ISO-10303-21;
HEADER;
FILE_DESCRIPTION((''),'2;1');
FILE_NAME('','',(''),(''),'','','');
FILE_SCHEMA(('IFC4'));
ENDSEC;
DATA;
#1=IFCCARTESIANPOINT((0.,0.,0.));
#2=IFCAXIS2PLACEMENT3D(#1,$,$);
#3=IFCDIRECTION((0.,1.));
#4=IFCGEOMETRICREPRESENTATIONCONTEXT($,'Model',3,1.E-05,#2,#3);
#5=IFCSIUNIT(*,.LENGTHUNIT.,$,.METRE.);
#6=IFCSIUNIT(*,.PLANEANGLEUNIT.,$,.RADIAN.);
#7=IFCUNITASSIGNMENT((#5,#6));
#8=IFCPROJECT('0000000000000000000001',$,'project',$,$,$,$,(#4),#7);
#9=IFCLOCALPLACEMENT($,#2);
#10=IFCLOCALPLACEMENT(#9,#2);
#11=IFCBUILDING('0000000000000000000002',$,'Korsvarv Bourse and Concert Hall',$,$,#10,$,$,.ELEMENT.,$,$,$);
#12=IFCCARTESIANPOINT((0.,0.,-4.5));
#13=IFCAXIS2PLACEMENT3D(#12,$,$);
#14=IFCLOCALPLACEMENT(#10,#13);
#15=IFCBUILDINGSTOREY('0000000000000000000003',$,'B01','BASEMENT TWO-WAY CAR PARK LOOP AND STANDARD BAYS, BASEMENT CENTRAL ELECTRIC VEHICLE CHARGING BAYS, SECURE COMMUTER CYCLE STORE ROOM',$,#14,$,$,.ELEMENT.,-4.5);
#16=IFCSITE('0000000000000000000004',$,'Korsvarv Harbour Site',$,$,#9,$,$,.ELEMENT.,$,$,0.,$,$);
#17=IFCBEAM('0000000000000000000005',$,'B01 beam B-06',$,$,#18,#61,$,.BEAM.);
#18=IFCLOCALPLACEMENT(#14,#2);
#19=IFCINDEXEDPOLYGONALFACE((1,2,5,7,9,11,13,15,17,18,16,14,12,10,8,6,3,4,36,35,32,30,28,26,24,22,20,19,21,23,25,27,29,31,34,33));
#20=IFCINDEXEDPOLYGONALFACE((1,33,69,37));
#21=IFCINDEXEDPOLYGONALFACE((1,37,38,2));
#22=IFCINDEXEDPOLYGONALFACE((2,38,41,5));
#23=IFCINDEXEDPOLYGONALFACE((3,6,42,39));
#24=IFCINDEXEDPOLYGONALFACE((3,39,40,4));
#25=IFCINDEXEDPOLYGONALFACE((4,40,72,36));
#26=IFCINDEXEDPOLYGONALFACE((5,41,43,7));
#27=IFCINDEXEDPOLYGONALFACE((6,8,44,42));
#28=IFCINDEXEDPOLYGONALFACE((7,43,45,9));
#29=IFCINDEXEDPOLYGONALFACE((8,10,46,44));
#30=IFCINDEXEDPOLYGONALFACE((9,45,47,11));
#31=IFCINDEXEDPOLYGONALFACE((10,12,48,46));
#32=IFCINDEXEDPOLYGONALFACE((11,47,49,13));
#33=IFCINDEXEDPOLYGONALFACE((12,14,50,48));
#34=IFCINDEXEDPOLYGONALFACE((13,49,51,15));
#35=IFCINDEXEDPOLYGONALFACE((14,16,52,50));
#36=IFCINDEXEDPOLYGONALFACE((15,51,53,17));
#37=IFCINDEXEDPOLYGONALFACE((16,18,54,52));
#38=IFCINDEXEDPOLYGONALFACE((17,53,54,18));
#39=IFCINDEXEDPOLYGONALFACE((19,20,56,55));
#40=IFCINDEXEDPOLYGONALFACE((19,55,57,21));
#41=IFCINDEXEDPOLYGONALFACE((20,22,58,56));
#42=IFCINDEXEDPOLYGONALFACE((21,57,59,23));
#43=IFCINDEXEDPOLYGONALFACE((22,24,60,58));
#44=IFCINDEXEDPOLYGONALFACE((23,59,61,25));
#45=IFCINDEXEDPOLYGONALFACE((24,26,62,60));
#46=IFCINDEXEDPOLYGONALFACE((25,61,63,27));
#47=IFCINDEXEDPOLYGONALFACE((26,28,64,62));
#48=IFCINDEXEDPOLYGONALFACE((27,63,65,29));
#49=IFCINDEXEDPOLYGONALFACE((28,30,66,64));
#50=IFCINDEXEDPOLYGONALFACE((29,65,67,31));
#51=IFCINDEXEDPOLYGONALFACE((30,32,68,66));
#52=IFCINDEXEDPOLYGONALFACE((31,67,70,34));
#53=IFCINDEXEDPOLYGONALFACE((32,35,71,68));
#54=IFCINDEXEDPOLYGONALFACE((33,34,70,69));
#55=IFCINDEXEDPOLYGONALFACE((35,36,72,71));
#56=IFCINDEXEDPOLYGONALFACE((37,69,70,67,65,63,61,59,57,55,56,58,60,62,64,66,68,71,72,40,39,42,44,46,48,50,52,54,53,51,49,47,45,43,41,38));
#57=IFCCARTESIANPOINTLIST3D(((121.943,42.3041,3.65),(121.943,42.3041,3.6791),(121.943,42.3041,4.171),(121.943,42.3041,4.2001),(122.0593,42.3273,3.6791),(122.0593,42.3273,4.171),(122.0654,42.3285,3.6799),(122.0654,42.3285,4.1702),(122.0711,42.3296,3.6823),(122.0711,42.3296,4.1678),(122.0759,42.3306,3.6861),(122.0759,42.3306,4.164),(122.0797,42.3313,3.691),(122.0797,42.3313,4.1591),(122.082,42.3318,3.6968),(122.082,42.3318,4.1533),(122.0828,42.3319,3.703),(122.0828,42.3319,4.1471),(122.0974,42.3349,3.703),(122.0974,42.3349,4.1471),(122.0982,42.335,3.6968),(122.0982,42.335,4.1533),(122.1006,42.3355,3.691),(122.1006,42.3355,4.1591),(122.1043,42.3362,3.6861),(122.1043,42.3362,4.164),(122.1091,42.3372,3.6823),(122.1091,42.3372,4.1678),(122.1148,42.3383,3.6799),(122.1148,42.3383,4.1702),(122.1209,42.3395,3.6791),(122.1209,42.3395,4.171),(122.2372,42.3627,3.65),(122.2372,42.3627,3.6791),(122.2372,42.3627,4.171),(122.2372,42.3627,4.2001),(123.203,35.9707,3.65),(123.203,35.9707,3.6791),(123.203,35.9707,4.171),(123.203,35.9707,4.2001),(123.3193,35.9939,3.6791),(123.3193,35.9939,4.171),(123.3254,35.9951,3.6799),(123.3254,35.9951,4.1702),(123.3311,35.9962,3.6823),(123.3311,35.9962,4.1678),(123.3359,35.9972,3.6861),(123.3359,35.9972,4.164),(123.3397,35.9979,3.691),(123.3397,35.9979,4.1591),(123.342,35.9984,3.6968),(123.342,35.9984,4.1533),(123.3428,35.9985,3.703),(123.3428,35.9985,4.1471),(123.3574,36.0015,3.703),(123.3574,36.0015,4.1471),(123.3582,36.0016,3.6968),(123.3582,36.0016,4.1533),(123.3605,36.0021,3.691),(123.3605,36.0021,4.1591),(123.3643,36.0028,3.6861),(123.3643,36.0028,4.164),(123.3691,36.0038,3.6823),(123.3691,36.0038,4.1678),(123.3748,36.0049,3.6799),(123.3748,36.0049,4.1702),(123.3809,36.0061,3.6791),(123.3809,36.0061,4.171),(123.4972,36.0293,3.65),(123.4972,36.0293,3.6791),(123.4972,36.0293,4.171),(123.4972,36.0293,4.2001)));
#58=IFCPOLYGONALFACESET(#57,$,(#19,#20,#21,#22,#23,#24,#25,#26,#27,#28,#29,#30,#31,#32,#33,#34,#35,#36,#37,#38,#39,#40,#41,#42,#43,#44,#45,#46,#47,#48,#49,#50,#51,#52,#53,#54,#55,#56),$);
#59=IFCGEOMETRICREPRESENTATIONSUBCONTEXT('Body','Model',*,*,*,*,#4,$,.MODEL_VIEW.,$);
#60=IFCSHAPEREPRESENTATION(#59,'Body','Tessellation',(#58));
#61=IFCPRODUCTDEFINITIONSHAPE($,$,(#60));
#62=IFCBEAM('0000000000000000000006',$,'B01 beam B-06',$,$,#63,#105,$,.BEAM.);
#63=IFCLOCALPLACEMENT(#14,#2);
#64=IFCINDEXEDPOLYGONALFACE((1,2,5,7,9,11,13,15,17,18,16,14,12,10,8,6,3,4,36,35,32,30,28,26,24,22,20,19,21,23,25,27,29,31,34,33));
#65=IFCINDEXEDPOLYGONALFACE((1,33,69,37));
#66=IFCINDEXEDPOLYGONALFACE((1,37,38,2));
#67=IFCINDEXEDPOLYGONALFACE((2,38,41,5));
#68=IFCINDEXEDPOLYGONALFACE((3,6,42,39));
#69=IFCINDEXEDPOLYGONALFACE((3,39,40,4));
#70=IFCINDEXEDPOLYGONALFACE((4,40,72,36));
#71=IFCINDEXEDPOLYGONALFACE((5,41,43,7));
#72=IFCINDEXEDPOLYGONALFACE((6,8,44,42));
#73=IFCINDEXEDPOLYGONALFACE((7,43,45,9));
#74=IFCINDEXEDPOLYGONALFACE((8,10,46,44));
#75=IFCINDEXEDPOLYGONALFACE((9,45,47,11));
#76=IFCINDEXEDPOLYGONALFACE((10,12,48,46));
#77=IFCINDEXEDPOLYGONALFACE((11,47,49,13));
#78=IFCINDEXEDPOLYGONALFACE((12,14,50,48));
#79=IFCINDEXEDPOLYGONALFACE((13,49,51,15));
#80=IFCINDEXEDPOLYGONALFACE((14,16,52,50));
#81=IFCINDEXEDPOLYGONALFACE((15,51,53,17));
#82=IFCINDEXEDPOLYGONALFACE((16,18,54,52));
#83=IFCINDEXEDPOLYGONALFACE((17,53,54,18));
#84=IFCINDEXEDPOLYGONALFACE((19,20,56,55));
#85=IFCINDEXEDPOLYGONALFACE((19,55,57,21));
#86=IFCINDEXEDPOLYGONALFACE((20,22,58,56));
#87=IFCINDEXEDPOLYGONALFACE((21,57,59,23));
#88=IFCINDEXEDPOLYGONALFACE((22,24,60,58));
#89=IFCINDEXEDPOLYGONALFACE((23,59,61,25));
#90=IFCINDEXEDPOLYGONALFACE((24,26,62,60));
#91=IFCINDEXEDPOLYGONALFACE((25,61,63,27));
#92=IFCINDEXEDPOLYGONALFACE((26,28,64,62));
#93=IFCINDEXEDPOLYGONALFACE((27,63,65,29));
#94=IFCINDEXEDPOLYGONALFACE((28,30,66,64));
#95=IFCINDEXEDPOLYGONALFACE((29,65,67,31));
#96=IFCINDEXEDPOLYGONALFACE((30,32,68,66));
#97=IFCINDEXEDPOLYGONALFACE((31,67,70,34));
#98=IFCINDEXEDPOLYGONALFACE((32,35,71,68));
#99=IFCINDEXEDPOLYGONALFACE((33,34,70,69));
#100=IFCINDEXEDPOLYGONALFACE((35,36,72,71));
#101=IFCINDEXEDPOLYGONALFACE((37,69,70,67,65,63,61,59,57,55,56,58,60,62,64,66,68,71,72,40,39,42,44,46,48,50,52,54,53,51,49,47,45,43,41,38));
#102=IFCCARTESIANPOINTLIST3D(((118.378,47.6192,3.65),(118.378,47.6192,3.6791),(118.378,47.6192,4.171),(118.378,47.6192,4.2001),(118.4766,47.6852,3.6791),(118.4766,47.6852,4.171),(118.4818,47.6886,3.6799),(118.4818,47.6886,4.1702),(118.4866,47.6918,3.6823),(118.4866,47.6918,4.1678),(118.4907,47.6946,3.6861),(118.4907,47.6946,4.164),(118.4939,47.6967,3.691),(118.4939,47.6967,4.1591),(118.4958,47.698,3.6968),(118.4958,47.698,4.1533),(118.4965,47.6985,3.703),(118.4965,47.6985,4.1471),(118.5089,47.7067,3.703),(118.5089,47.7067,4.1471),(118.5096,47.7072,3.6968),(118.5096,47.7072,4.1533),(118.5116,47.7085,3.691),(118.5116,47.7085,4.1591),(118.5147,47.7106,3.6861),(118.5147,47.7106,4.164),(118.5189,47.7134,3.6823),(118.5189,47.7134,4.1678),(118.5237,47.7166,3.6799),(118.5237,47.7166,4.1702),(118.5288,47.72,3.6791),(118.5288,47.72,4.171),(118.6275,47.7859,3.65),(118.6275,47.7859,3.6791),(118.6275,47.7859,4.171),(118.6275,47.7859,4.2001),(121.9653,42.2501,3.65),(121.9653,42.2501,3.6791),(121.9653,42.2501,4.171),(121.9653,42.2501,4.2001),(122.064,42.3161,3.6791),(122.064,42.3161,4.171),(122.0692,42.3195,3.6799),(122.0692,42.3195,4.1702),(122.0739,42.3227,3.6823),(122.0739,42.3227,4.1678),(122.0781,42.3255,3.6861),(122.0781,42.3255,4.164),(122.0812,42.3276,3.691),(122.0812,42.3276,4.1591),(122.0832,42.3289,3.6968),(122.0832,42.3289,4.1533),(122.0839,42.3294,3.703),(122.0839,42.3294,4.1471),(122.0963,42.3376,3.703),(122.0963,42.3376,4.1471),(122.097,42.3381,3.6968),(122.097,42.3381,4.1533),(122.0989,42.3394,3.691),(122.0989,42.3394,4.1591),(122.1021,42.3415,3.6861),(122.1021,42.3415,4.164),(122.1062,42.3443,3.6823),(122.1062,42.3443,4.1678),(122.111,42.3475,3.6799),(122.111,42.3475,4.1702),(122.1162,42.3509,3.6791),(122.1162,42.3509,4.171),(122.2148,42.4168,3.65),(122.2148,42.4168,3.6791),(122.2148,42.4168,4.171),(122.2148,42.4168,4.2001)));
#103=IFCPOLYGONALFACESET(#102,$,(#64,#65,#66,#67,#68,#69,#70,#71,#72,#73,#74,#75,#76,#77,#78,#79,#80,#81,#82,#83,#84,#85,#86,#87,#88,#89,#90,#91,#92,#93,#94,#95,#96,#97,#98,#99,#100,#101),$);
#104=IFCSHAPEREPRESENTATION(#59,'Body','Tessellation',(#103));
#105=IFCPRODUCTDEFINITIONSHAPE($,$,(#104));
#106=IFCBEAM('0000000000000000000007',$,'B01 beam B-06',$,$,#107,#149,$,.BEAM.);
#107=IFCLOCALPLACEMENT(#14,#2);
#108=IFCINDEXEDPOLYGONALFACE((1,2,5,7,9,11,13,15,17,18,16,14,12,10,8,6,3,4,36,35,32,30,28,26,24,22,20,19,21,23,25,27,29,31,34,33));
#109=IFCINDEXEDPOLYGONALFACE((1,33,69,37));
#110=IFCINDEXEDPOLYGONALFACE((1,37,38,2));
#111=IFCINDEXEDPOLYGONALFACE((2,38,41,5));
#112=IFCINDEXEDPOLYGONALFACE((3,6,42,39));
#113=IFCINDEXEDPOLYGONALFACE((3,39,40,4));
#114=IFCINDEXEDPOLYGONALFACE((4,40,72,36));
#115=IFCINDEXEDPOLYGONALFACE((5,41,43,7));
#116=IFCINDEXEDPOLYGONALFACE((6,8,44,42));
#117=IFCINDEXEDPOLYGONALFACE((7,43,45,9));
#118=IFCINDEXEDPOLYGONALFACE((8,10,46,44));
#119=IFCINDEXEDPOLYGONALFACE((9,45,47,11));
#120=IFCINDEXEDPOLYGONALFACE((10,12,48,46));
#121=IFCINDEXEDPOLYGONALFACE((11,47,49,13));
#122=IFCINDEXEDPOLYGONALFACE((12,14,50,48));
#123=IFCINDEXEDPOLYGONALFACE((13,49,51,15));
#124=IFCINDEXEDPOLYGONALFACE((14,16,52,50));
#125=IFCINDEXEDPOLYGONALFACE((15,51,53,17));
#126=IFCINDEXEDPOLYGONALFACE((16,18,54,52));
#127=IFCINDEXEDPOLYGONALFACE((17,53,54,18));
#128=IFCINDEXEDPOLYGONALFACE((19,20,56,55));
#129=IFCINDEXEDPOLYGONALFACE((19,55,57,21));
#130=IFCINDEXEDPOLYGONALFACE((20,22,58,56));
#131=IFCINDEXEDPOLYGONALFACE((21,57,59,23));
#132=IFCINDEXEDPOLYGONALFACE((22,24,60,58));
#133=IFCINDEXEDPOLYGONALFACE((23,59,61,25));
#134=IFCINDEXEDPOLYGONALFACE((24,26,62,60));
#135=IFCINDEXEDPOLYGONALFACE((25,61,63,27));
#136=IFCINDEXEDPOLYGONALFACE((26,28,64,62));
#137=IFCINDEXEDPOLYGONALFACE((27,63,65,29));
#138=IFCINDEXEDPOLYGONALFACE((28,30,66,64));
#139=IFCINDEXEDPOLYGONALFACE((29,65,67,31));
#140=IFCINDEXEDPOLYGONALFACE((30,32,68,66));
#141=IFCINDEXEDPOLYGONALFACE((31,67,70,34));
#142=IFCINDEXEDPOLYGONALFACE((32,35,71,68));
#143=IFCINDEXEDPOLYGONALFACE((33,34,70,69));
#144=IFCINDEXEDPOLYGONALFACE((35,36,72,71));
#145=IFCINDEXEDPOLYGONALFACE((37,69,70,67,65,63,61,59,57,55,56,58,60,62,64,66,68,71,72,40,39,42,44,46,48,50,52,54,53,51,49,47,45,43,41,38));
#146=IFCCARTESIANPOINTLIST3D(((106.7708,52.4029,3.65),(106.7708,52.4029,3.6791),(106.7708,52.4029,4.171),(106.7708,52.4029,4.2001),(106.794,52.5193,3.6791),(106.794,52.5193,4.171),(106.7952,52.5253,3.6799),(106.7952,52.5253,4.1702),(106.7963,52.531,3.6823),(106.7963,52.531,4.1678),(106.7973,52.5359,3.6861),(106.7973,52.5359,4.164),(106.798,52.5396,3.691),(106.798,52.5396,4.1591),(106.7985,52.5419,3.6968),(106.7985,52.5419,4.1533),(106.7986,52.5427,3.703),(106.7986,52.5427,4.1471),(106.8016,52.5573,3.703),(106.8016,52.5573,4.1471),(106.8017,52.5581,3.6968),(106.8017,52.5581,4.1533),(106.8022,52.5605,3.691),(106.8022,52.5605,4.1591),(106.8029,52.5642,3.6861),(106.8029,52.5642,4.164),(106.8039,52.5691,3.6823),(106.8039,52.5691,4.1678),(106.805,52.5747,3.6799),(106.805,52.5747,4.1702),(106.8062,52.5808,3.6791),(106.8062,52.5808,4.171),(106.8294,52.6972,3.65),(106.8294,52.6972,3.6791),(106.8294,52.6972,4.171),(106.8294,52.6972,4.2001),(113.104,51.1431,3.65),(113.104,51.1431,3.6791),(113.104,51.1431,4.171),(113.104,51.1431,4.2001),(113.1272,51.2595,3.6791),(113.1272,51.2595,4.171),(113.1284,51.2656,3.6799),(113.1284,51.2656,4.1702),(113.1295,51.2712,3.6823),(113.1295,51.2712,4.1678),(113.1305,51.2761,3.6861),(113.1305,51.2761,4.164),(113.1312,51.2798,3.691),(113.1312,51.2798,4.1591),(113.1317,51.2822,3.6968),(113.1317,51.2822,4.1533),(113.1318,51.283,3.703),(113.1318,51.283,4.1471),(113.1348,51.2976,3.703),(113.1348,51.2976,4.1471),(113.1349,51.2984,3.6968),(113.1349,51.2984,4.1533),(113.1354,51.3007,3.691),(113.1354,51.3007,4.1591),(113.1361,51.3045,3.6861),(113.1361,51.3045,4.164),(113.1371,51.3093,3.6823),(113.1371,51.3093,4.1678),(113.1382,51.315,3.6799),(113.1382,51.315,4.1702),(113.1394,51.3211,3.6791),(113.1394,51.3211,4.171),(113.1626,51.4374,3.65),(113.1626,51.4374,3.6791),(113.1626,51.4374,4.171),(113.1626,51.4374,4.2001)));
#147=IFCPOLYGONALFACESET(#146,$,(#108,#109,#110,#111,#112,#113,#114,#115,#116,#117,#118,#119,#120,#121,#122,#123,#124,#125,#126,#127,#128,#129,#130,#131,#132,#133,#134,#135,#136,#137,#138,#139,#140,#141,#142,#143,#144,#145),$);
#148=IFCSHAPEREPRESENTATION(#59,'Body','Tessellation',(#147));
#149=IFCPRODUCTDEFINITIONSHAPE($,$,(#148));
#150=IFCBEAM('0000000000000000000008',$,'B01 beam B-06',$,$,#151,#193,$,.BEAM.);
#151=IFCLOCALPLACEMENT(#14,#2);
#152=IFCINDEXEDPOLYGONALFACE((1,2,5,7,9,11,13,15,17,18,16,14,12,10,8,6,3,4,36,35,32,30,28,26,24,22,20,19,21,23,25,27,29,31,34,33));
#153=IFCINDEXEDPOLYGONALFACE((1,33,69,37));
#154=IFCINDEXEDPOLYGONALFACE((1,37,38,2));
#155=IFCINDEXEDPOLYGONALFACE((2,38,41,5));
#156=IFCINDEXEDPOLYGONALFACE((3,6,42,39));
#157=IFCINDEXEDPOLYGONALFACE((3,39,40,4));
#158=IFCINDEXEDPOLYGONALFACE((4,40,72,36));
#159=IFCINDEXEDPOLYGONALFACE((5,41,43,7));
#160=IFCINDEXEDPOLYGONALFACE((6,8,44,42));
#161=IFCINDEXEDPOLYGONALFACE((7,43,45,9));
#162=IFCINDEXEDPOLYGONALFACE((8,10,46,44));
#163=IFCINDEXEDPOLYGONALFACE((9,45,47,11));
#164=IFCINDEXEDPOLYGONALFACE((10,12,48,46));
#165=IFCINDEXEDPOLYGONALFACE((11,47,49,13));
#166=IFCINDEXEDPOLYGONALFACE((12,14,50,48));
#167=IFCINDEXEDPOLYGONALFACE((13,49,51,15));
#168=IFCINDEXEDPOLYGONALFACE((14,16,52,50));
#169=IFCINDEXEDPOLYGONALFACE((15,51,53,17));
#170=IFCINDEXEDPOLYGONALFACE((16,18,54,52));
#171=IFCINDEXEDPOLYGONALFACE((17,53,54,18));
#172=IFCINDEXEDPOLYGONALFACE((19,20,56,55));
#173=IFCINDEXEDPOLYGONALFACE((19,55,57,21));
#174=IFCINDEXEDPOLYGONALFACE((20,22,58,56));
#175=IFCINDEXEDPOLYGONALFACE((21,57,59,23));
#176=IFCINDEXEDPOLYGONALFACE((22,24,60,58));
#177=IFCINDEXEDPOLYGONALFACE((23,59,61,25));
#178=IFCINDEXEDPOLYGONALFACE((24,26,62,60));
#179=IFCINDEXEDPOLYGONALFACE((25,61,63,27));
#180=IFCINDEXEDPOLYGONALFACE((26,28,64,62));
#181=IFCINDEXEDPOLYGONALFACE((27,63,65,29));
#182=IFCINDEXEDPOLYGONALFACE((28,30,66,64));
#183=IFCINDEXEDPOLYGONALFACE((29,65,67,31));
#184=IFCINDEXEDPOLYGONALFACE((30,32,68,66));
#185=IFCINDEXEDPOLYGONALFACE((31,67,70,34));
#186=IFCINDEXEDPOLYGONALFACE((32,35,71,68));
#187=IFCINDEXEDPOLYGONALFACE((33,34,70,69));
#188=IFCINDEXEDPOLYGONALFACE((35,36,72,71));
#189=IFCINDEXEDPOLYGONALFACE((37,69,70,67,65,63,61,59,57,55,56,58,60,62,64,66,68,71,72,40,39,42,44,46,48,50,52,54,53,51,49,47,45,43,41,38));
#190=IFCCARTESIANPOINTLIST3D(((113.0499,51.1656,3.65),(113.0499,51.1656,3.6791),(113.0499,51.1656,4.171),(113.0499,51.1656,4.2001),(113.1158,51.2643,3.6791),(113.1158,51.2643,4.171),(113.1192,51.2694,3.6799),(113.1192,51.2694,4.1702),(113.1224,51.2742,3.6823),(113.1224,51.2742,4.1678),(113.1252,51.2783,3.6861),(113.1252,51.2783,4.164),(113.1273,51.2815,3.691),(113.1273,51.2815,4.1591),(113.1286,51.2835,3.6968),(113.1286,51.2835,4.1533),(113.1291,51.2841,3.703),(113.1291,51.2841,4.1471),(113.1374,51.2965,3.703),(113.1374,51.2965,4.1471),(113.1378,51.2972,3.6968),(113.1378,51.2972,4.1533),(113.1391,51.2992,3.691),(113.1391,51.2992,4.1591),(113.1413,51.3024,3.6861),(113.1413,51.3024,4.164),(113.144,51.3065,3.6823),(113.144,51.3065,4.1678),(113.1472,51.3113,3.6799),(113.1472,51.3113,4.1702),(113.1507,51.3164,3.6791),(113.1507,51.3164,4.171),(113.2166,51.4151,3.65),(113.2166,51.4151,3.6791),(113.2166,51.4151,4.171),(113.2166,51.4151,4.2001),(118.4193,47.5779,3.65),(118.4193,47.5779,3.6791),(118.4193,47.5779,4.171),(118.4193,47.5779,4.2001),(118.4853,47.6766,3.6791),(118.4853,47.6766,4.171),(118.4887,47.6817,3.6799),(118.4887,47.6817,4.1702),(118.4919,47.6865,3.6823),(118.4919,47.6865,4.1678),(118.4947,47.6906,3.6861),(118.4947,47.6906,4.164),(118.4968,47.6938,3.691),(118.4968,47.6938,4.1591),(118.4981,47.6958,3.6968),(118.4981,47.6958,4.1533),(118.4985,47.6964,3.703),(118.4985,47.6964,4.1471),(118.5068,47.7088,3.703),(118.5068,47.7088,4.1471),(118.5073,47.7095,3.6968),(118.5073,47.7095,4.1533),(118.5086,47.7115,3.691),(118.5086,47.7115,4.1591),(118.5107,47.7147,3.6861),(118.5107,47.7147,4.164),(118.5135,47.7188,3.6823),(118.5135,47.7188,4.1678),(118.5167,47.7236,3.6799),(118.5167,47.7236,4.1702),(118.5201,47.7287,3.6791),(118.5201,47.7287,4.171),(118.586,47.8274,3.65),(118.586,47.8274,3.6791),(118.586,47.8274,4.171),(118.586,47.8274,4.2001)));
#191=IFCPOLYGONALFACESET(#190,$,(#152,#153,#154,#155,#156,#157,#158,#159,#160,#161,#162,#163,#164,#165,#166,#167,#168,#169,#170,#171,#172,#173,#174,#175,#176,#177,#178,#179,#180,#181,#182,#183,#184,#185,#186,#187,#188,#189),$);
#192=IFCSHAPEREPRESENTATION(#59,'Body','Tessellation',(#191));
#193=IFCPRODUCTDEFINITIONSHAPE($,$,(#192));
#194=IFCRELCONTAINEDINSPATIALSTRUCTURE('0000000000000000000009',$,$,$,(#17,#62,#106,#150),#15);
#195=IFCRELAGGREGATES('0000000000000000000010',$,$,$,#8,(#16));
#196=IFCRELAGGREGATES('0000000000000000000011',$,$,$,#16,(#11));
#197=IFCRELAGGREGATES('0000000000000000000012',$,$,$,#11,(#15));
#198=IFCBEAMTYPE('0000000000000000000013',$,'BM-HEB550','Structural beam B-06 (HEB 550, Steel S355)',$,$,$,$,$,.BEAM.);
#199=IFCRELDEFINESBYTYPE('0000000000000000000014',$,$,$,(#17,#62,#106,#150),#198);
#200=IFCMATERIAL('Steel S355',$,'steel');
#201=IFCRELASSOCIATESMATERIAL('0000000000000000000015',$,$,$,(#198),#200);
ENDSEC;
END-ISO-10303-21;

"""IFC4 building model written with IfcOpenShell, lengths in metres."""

from ifc_helpers import new_model, si_unit, direction, frame, origin, origin_2d, place, context, subcontext, project, spatial, i_section, extrude, source, transform, mapped, material, material_profile, profile_set, type_object, element, save


model = new_model("IFC4")

# Units and contexts
model_context = context("Model", 3, precision=1e-05, world=origin(), true_north=direction((0.0, 1.0)))
body_context = subcontext(model_context, "Body", "Model", "MODEL_VIEW")
ifc_project = project(units=[si_unit("LENGTHUNIT", "METRE"), si_unit("PLANEANGLEUNIT", "RADIAN")], contexts=[model_context])

# Site, building, storey
site_placement = place(None, origin())
site = spatial("IfcSite", under=ifc_project, at=site_placement, Name="Korsvarv Harbour Site", CompositionType="ELEMENT", RefElevation=0.0)
building_placement = place(site_placement, origin())
building = spatial("IfcBuilding", under=site, at=building_placement, Name="Korsvarv Bourse and Concert Hall", CompositionType="ELEMENT")
storey_placement = place(building_placement, frame((0.0, 0.0, -4.5)))
storey = spatial("IfcBuildingStorey", under=building, at=storey_placement, Name="B01", Description="BASEMENT TWO-WAY CAR PARK LOOP AND STANDARD BAYS, BASEMENT CENTRAL ELECTRIC VEHICLE CHARGING BAYS, SECURE COMMUTER CYCLE STORE ROOM", CompositionType="ELEMENT", Elevation=-4.5)

# Beams
ifc_material_1 = material(Name="Steel S355", Category="steel")
ifc_material_profile_1 = material_profile(ifc_material_1, i_section(OverallWidth=0.3, OverallDepth=0.55, WebThickness=0.0149, FlangeThickness=0.0291, FilletRadius=0.0239, at=origin_2d()), Name="HEB 550")
ifc_profile_set_1 = profile_set([ifc_material_profile_1], Name="Steel S355")
beam_type_1 = type_object("IfcBeamType", Name="BM-HEB550", Description="Structural beam B-06 (HEB 550, Steel S355)", PredefinedType="BEAM", material=ifc_profile_set_1)
shared_shape_1 = source(origin(), body_context, "Body", "SweptSolid", [
    extrude(i_section(OverallWidth=0.3, OverallDepth=0.55, WebThickness=0.0149, FlangeThickness=0.0291, FilletRadius=0.0239, at=origin_2d()), origin(), (0.0, 0.0, 1.0), 6.4575),
])
beam_1_placement = place(storey_placement, frame((123.3501, 36.0, 3.925), z_axis=(-0.19512, 0.980779, 0.0), x_axis=(-0.980779, -0.19512, 0.0)))
element("IfcBeam", 1, at=beam_1_placement, inside=storey, type_object=beam_type_1, Name="B01 beam B-06", PredefinedType="BEAM", context=body_context, shape_type="MappedRepresentation", body=[
    mapped(shared_shape_1, transform((0.0, 0.0, 0.0), scale=1.0)),
])
shared_shape_2 = source(origin(), body_context, "Body", "SweptSolid", [
    extrude(i_section(OverallWidth=0.3, OverallDepth=0.55, WebThickness=0.0149, FlangeThickness=0.0291, FilletRadius=0.0239, at=origin_2d()), origin(), (0.0, 0.0, 1.0), 6.4573),
])
for number, where, z_axis, x_axis, name in (
    (2, (122.0901, 42.3335, 3.925), (-0.555555, 0.83148, 0.0), (-0.83148, -0.555555, 0.0), "B01 beam B-06"),
    (3, (113.1333, 51.2903, 3.925), (-0.980785, 0.195091, 0.0), (-0.195091, -0.980785, 0.0), "B01 beam B-06"),
):
    element("IfcBeam", number, at=place(storey_placement, frame(where, z_axis=z_axis, x_axis=x_axis)), inside=storey, type_object=beam_type_1, Name=name, PredefinedType="BEAM", context=body_context, shape_type="MappedRepresentation", body=[
        mapped(shared_shape_2, transform((0.0, 0.0, 0.0), scale=1.0)),
    ])
shared_shape_3 = source(origin(), body_context, "Body", "SweptSolid", [
    extrude(i_section(OverallWidth=0.3, OverallDepth=0.55, WebThickness=0.0149, FlangeThickness=0.0291, FilletRadius=0.0239, at=origin_2d()), origin(), (0.0, 0.0, 1.0), 6.4578),
])
beam_2_placement = place(storey_placement, frame((118.5027, 47.7026, 3.925), z_axis=(-0.831474, 0.555564, 0.0), x_axis=(-0.555564, -0.831474, 0.0)))
element("IfcBeam", 4, at=beam_2_placement, inside=storey, type_object=beam_type_1, Name="B01 beam B-06", PredefinedType="BEAM", context=body_context, shape_type="MappedRepresentation", body=[
    mapped(shared_shape_3, transform((0.0, 0.0, 0.0), scale=1.0)),
])

save(model, "model.ifc")
